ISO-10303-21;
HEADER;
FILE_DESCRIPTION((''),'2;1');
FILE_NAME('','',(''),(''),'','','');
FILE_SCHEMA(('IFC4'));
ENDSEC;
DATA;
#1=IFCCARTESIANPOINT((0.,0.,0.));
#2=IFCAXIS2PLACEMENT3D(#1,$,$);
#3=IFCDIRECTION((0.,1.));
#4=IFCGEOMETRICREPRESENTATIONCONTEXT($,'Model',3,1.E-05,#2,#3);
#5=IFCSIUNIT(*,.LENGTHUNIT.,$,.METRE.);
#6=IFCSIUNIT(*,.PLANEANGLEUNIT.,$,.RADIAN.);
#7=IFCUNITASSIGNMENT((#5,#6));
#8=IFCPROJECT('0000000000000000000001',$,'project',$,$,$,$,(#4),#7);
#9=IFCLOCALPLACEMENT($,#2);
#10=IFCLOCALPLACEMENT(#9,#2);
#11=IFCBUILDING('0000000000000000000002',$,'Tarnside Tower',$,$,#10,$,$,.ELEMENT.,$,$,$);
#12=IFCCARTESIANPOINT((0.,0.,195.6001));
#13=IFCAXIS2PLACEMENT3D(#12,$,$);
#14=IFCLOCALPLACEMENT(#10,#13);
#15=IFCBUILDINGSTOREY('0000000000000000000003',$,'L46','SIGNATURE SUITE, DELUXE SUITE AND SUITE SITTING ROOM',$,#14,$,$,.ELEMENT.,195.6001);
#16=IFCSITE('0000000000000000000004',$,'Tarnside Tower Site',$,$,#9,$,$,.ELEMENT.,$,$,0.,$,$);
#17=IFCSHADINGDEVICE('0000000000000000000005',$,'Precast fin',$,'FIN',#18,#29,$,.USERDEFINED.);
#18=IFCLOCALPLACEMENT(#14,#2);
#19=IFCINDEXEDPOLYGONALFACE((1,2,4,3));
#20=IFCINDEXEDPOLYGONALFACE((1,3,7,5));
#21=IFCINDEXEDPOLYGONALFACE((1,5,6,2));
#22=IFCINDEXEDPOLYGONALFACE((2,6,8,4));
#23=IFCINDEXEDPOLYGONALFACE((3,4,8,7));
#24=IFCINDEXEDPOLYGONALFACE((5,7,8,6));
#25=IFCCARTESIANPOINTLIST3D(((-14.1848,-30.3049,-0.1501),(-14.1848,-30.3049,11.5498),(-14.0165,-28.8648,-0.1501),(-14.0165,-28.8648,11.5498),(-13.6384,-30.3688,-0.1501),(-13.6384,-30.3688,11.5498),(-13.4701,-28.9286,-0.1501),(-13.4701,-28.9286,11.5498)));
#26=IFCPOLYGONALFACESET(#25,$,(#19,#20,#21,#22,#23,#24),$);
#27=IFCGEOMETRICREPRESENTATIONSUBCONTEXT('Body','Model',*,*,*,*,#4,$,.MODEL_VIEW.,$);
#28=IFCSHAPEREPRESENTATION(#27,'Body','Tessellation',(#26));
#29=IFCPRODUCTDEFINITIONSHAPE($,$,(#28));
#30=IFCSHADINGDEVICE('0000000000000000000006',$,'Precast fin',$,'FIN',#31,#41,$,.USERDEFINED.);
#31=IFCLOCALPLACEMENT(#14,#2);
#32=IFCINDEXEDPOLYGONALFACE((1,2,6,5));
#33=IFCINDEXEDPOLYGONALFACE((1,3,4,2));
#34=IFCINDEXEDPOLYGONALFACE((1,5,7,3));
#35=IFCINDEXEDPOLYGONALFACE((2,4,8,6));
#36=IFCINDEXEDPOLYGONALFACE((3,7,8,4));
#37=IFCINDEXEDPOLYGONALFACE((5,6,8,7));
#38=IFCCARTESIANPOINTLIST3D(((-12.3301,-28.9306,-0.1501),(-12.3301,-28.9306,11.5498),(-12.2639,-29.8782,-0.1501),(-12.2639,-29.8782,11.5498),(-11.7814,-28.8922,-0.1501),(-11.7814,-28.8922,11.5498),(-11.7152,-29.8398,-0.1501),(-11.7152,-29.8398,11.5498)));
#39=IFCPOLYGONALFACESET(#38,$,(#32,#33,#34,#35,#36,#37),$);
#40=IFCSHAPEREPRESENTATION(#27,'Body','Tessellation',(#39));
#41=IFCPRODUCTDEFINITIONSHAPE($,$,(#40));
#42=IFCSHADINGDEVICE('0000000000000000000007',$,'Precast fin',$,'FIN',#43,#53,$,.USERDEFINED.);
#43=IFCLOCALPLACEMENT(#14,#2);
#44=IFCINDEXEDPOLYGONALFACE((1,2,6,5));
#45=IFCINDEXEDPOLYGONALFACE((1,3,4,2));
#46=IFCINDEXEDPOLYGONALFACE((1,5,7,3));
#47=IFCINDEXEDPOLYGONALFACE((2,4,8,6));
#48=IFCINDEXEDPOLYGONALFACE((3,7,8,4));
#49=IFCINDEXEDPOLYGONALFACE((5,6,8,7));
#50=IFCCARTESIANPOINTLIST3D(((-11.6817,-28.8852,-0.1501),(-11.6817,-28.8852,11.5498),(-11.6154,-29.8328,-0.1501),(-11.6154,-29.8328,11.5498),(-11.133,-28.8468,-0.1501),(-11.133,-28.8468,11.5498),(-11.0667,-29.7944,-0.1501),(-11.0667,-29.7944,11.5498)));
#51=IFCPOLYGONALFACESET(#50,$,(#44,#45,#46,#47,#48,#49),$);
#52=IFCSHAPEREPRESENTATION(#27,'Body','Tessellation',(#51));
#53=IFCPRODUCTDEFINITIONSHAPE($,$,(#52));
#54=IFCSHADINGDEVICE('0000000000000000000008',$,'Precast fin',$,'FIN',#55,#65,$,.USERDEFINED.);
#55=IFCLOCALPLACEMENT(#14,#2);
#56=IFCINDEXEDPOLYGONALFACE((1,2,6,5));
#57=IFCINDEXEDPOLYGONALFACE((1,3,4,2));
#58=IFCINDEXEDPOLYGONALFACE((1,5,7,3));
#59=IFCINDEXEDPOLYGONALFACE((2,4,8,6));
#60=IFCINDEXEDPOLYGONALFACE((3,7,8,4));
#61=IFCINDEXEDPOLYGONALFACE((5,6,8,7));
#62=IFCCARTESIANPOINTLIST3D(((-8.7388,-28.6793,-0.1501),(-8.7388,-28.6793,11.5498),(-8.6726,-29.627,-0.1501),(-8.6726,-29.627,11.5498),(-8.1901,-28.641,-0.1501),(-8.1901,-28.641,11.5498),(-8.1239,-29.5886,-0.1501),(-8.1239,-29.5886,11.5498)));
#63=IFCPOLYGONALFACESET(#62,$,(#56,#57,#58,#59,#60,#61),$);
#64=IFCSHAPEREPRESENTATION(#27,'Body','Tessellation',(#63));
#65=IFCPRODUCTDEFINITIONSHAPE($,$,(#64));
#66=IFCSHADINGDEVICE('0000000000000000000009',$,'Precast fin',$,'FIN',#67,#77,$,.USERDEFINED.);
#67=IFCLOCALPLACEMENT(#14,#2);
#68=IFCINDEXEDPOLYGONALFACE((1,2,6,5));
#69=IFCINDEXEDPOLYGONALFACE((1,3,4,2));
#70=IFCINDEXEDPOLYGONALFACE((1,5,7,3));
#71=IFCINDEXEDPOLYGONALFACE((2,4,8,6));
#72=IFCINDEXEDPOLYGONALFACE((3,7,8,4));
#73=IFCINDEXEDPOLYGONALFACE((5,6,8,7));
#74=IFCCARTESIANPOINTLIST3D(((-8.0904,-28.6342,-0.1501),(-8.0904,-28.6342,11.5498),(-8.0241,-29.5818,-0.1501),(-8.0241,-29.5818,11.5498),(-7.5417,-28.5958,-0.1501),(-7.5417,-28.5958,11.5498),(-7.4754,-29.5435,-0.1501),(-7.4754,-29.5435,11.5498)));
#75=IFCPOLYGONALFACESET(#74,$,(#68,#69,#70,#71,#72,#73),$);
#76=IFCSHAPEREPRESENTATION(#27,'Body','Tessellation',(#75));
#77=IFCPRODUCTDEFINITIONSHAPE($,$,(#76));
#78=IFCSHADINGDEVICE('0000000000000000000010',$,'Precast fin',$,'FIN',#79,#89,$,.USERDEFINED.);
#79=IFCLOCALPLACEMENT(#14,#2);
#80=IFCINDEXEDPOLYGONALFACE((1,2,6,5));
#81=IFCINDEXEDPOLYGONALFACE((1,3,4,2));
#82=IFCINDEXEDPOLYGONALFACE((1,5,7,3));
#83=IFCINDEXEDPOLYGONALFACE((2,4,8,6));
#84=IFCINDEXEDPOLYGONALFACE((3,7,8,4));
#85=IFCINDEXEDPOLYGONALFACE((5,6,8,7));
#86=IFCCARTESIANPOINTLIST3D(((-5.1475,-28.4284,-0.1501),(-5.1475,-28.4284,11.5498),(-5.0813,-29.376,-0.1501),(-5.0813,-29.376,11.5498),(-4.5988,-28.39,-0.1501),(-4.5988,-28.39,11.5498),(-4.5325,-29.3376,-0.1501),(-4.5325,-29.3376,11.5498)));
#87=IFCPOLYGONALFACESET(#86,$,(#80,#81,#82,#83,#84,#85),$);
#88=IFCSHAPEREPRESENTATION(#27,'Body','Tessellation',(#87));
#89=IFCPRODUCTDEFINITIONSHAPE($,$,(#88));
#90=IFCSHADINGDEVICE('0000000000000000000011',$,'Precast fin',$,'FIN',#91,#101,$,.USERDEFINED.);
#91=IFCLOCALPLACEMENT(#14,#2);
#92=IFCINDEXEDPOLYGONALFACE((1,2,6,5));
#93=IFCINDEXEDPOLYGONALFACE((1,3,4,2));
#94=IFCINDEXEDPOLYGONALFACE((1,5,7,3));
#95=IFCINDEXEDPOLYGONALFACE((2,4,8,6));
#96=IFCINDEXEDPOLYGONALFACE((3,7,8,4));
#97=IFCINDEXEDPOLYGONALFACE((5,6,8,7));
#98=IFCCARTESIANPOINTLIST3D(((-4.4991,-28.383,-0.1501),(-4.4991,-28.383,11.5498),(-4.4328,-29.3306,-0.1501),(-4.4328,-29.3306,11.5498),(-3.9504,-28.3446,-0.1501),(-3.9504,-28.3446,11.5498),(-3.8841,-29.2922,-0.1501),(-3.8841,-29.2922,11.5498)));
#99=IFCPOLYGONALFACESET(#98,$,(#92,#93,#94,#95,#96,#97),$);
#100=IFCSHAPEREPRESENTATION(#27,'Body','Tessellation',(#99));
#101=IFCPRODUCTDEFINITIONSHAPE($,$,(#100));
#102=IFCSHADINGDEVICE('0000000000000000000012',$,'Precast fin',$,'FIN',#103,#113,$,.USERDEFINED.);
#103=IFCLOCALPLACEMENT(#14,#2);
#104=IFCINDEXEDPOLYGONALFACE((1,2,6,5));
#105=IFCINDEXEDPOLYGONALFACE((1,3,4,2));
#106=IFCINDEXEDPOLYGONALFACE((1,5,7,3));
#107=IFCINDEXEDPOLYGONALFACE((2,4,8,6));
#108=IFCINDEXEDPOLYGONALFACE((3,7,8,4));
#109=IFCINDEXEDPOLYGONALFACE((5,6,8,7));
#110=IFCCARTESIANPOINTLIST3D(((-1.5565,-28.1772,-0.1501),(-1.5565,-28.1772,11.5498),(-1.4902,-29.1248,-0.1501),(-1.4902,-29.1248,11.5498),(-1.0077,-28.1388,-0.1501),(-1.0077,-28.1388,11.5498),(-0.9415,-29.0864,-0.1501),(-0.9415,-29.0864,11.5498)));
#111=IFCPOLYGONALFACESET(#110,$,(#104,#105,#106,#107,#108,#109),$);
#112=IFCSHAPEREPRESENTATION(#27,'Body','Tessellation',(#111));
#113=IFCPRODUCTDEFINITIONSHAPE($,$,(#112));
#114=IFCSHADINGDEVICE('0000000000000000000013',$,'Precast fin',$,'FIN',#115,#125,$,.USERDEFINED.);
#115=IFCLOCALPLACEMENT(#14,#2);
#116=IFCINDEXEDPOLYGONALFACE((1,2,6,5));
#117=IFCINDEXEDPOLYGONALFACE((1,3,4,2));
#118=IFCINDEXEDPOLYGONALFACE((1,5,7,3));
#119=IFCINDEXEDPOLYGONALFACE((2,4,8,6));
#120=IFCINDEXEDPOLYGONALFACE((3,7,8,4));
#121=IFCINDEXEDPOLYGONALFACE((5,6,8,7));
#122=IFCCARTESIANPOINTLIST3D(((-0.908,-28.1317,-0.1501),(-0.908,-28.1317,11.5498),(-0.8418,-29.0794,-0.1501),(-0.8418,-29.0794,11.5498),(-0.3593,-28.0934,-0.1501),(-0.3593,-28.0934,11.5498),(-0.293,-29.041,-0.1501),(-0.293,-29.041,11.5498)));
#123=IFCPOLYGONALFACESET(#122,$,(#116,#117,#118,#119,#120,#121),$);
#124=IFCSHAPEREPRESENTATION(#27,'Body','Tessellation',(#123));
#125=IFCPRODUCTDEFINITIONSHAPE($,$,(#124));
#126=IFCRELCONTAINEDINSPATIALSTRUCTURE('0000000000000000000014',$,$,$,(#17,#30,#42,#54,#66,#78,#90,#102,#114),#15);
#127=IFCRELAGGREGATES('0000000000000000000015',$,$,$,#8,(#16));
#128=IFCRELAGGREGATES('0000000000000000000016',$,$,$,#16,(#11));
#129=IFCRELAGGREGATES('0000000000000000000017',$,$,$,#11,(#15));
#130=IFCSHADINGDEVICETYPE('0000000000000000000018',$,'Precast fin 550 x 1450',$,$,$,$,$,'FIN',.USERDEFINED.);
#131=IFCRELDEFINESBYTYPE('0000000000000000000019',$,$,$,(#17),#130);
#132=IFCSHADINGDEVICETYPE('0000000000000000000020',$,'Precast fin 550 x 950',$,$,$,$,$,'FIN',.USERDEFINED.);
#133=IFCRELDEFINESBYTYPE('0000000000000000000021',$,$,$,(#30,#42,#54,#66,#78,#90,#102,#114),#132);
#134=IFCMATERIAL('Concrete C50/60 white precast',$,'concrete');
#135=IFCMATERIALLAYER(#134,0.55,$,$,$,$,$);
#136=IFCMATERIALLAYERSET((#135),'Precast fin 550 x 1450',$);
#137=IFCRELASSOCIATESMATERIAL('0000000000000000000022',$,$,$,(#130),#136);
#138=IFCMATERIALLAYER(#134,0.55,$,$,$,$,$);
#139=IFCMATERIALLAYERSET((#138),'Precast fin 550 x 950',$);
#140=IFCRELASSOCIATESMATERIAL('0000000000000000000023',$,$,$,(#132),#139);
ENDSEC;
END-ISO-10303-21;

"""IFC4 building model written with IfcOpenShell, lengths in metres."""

from ifc_helpers import new_model, si_unit, direction, frame, origin, place, context, subcontext, project, spatial, polyline, outline, extrude, material, layer, layer_set, type_object, element, save


model = new_model("IFC4")

# Units and contexts
model_context = context("Model", 3, precision=1e-05, world=origin(), true_north=direction((0.0, 1.0)))
body_context = subcontext(model_context, "Body", "Model", "MODEL_VIEW")
ifc_project = project(units=[si_unit("LENGTHUNIT", "METRE"), si_unit("PLANEANGLEUNIT", "RADIAN")], contexts=[model_context])

# Site, building, storey
site_placement = place(None, origin())
site = spatial("IfcSite", under=ifc_project, at=site_placement, Name="Tarnside Tower Site", CompositionType="ELEMENT", RefElevation=0.0)
building_placement = place(site_placement, origin())
building = spatial("IfcBuilding", under=site, at=building_placement, Name="Tarnside Tower", CompositionType="ELEMENT")
storey_placement = place(building_placement, frame((0.0, 0.0, 195.6001)))
storey = spatial("IfcBuildingStorey", under=building, at=storey_placement, Name="L46", Description="SIGNATURE SUITE, DELUXE SUITE AND SUITE SITTING ROOM", CompositionType="ELEMENT", Elevation=195.6001)

# Shading devices
ifc_material_1 = material(Name="Concrete C50/60 white precast", Category="concrete")
ifc_layer_1 = layer(ifc_material_1, 0.55)
ifc_layer_set_1 = layer_set([ifc_layer_1], Name="Precast fin 550 x 1450")
shading_device_type_1 = type_object("IfcShadingDeviceType", Name="Precast fin 550 x 1450", ElementType="FIN", PredefinedType="USERDEFINED", material=ifc_layer_set_1)
for number, where, z_axis, x_axis, name in (
    (1, (-13.7432, -28.8967, -0.1501), (-0.993238, 0.116093, 0.0), (-0.116093, -0.993238, 0.0), "Precast fin"),
):
    element("IfcShadingDevice", number, at=place(storey_placement, frame(where, z_axis=z_axis, x_axis=x_axis)), inside=storey, type_object=shading_device_type_1, Name=name, ObjectType="FIN", PredefinedType="USERDEFINED", context=body_context, shape_type="SweptSolid", body=[
        extrude(outline(polyline([(0.0, 0.0), (1.45, 0.0), (1.45, 11.7), (0.0, 11.7), (0.0, 0.0)])), frame((0.0, 0.0, -0.2749)), (0.0, 0.0, 1.0), 0.55),
    ])
ifc_layer_2 = layer(ifc_material_1, 0.55)
ifc_layer_set_2 = layer_set([ifc_layer_2], Name="Precast fin 550 x 950")
shading_device_type_2 = type_object("IfcShadingDeviceType", Name="Precast fin 550 x 950", ElementType="FIN", PredefinedType="USERDEFINED", material=ifc_layer_set_2)
for number, where, z_axis, x_axis, name in (
    (2, (-12.0557, -28.9114, -0.1501), (-0.997564, -0.069756, 0.0), (0.069756, -0.997564, 0.0), "Precast fin"),
    (3, (-11.4072, -28.866, -0.1501), (-0.997564, -0.069756, 0.0), (0.069756, -0.997564, 0.0), "Precast fin"),
    (4, (-8.4644, -28.6602, -0.1501), (-0.997564, -0.069756, 0.0), (0.069756, -0.997564, 0.0), "Precast fin"),
    (5, (-7.8159, -28.615, -0.1501), (-0.997564, -0.069756, 0.0), (0.069756, -0.997564, 0.0), "Precast fin"),
    (6, (-4.873, -28.4092, -0.1501), (-0.997564, -0.069756, 0.0), (0.069756, -0.997564, 0.0), "Precast fin"),
    (7, (-4.2246, -28.3638, -0.1501), (-0.997564, -0.069756, 0.0), (0.069756, -0.997564, 0.0), "Precast fin"),
    (8, (-1.282, -28.158, -0.1501), (-0.997564, -0.069756, 0.0), (0.069756, -0.997564, 0.0), "Precast fin"),
    (9, (-0.6335, -28.1125, -0.1501), (-0.997564, -0.069756, 0.0), (0.069756, -0.997564, 0.0), "Precast fin"),
):
    element("IfcShadingDevice", number, at=place(storey_placement, frame(where, z_axis=z_axis, x_axis=x_axis)), inside=storey, type_object=shading_device_type_2, Name=name, ObjectType="FIN", PredefinedType="USERDEFINED", context=body_context, shape_type="SweptSolid", body=[
        extrude(outline(polyline([(0.0, 0.0), (0.95, 0.0), (0.95, 11.7), (0.0, 11.7), (0.0, 0.0)])), frame((0.0, 0.0, -0.2749)), (0.0, 0.0, 1.0), 0.55),
    ])

save(model, "model.ifc")
